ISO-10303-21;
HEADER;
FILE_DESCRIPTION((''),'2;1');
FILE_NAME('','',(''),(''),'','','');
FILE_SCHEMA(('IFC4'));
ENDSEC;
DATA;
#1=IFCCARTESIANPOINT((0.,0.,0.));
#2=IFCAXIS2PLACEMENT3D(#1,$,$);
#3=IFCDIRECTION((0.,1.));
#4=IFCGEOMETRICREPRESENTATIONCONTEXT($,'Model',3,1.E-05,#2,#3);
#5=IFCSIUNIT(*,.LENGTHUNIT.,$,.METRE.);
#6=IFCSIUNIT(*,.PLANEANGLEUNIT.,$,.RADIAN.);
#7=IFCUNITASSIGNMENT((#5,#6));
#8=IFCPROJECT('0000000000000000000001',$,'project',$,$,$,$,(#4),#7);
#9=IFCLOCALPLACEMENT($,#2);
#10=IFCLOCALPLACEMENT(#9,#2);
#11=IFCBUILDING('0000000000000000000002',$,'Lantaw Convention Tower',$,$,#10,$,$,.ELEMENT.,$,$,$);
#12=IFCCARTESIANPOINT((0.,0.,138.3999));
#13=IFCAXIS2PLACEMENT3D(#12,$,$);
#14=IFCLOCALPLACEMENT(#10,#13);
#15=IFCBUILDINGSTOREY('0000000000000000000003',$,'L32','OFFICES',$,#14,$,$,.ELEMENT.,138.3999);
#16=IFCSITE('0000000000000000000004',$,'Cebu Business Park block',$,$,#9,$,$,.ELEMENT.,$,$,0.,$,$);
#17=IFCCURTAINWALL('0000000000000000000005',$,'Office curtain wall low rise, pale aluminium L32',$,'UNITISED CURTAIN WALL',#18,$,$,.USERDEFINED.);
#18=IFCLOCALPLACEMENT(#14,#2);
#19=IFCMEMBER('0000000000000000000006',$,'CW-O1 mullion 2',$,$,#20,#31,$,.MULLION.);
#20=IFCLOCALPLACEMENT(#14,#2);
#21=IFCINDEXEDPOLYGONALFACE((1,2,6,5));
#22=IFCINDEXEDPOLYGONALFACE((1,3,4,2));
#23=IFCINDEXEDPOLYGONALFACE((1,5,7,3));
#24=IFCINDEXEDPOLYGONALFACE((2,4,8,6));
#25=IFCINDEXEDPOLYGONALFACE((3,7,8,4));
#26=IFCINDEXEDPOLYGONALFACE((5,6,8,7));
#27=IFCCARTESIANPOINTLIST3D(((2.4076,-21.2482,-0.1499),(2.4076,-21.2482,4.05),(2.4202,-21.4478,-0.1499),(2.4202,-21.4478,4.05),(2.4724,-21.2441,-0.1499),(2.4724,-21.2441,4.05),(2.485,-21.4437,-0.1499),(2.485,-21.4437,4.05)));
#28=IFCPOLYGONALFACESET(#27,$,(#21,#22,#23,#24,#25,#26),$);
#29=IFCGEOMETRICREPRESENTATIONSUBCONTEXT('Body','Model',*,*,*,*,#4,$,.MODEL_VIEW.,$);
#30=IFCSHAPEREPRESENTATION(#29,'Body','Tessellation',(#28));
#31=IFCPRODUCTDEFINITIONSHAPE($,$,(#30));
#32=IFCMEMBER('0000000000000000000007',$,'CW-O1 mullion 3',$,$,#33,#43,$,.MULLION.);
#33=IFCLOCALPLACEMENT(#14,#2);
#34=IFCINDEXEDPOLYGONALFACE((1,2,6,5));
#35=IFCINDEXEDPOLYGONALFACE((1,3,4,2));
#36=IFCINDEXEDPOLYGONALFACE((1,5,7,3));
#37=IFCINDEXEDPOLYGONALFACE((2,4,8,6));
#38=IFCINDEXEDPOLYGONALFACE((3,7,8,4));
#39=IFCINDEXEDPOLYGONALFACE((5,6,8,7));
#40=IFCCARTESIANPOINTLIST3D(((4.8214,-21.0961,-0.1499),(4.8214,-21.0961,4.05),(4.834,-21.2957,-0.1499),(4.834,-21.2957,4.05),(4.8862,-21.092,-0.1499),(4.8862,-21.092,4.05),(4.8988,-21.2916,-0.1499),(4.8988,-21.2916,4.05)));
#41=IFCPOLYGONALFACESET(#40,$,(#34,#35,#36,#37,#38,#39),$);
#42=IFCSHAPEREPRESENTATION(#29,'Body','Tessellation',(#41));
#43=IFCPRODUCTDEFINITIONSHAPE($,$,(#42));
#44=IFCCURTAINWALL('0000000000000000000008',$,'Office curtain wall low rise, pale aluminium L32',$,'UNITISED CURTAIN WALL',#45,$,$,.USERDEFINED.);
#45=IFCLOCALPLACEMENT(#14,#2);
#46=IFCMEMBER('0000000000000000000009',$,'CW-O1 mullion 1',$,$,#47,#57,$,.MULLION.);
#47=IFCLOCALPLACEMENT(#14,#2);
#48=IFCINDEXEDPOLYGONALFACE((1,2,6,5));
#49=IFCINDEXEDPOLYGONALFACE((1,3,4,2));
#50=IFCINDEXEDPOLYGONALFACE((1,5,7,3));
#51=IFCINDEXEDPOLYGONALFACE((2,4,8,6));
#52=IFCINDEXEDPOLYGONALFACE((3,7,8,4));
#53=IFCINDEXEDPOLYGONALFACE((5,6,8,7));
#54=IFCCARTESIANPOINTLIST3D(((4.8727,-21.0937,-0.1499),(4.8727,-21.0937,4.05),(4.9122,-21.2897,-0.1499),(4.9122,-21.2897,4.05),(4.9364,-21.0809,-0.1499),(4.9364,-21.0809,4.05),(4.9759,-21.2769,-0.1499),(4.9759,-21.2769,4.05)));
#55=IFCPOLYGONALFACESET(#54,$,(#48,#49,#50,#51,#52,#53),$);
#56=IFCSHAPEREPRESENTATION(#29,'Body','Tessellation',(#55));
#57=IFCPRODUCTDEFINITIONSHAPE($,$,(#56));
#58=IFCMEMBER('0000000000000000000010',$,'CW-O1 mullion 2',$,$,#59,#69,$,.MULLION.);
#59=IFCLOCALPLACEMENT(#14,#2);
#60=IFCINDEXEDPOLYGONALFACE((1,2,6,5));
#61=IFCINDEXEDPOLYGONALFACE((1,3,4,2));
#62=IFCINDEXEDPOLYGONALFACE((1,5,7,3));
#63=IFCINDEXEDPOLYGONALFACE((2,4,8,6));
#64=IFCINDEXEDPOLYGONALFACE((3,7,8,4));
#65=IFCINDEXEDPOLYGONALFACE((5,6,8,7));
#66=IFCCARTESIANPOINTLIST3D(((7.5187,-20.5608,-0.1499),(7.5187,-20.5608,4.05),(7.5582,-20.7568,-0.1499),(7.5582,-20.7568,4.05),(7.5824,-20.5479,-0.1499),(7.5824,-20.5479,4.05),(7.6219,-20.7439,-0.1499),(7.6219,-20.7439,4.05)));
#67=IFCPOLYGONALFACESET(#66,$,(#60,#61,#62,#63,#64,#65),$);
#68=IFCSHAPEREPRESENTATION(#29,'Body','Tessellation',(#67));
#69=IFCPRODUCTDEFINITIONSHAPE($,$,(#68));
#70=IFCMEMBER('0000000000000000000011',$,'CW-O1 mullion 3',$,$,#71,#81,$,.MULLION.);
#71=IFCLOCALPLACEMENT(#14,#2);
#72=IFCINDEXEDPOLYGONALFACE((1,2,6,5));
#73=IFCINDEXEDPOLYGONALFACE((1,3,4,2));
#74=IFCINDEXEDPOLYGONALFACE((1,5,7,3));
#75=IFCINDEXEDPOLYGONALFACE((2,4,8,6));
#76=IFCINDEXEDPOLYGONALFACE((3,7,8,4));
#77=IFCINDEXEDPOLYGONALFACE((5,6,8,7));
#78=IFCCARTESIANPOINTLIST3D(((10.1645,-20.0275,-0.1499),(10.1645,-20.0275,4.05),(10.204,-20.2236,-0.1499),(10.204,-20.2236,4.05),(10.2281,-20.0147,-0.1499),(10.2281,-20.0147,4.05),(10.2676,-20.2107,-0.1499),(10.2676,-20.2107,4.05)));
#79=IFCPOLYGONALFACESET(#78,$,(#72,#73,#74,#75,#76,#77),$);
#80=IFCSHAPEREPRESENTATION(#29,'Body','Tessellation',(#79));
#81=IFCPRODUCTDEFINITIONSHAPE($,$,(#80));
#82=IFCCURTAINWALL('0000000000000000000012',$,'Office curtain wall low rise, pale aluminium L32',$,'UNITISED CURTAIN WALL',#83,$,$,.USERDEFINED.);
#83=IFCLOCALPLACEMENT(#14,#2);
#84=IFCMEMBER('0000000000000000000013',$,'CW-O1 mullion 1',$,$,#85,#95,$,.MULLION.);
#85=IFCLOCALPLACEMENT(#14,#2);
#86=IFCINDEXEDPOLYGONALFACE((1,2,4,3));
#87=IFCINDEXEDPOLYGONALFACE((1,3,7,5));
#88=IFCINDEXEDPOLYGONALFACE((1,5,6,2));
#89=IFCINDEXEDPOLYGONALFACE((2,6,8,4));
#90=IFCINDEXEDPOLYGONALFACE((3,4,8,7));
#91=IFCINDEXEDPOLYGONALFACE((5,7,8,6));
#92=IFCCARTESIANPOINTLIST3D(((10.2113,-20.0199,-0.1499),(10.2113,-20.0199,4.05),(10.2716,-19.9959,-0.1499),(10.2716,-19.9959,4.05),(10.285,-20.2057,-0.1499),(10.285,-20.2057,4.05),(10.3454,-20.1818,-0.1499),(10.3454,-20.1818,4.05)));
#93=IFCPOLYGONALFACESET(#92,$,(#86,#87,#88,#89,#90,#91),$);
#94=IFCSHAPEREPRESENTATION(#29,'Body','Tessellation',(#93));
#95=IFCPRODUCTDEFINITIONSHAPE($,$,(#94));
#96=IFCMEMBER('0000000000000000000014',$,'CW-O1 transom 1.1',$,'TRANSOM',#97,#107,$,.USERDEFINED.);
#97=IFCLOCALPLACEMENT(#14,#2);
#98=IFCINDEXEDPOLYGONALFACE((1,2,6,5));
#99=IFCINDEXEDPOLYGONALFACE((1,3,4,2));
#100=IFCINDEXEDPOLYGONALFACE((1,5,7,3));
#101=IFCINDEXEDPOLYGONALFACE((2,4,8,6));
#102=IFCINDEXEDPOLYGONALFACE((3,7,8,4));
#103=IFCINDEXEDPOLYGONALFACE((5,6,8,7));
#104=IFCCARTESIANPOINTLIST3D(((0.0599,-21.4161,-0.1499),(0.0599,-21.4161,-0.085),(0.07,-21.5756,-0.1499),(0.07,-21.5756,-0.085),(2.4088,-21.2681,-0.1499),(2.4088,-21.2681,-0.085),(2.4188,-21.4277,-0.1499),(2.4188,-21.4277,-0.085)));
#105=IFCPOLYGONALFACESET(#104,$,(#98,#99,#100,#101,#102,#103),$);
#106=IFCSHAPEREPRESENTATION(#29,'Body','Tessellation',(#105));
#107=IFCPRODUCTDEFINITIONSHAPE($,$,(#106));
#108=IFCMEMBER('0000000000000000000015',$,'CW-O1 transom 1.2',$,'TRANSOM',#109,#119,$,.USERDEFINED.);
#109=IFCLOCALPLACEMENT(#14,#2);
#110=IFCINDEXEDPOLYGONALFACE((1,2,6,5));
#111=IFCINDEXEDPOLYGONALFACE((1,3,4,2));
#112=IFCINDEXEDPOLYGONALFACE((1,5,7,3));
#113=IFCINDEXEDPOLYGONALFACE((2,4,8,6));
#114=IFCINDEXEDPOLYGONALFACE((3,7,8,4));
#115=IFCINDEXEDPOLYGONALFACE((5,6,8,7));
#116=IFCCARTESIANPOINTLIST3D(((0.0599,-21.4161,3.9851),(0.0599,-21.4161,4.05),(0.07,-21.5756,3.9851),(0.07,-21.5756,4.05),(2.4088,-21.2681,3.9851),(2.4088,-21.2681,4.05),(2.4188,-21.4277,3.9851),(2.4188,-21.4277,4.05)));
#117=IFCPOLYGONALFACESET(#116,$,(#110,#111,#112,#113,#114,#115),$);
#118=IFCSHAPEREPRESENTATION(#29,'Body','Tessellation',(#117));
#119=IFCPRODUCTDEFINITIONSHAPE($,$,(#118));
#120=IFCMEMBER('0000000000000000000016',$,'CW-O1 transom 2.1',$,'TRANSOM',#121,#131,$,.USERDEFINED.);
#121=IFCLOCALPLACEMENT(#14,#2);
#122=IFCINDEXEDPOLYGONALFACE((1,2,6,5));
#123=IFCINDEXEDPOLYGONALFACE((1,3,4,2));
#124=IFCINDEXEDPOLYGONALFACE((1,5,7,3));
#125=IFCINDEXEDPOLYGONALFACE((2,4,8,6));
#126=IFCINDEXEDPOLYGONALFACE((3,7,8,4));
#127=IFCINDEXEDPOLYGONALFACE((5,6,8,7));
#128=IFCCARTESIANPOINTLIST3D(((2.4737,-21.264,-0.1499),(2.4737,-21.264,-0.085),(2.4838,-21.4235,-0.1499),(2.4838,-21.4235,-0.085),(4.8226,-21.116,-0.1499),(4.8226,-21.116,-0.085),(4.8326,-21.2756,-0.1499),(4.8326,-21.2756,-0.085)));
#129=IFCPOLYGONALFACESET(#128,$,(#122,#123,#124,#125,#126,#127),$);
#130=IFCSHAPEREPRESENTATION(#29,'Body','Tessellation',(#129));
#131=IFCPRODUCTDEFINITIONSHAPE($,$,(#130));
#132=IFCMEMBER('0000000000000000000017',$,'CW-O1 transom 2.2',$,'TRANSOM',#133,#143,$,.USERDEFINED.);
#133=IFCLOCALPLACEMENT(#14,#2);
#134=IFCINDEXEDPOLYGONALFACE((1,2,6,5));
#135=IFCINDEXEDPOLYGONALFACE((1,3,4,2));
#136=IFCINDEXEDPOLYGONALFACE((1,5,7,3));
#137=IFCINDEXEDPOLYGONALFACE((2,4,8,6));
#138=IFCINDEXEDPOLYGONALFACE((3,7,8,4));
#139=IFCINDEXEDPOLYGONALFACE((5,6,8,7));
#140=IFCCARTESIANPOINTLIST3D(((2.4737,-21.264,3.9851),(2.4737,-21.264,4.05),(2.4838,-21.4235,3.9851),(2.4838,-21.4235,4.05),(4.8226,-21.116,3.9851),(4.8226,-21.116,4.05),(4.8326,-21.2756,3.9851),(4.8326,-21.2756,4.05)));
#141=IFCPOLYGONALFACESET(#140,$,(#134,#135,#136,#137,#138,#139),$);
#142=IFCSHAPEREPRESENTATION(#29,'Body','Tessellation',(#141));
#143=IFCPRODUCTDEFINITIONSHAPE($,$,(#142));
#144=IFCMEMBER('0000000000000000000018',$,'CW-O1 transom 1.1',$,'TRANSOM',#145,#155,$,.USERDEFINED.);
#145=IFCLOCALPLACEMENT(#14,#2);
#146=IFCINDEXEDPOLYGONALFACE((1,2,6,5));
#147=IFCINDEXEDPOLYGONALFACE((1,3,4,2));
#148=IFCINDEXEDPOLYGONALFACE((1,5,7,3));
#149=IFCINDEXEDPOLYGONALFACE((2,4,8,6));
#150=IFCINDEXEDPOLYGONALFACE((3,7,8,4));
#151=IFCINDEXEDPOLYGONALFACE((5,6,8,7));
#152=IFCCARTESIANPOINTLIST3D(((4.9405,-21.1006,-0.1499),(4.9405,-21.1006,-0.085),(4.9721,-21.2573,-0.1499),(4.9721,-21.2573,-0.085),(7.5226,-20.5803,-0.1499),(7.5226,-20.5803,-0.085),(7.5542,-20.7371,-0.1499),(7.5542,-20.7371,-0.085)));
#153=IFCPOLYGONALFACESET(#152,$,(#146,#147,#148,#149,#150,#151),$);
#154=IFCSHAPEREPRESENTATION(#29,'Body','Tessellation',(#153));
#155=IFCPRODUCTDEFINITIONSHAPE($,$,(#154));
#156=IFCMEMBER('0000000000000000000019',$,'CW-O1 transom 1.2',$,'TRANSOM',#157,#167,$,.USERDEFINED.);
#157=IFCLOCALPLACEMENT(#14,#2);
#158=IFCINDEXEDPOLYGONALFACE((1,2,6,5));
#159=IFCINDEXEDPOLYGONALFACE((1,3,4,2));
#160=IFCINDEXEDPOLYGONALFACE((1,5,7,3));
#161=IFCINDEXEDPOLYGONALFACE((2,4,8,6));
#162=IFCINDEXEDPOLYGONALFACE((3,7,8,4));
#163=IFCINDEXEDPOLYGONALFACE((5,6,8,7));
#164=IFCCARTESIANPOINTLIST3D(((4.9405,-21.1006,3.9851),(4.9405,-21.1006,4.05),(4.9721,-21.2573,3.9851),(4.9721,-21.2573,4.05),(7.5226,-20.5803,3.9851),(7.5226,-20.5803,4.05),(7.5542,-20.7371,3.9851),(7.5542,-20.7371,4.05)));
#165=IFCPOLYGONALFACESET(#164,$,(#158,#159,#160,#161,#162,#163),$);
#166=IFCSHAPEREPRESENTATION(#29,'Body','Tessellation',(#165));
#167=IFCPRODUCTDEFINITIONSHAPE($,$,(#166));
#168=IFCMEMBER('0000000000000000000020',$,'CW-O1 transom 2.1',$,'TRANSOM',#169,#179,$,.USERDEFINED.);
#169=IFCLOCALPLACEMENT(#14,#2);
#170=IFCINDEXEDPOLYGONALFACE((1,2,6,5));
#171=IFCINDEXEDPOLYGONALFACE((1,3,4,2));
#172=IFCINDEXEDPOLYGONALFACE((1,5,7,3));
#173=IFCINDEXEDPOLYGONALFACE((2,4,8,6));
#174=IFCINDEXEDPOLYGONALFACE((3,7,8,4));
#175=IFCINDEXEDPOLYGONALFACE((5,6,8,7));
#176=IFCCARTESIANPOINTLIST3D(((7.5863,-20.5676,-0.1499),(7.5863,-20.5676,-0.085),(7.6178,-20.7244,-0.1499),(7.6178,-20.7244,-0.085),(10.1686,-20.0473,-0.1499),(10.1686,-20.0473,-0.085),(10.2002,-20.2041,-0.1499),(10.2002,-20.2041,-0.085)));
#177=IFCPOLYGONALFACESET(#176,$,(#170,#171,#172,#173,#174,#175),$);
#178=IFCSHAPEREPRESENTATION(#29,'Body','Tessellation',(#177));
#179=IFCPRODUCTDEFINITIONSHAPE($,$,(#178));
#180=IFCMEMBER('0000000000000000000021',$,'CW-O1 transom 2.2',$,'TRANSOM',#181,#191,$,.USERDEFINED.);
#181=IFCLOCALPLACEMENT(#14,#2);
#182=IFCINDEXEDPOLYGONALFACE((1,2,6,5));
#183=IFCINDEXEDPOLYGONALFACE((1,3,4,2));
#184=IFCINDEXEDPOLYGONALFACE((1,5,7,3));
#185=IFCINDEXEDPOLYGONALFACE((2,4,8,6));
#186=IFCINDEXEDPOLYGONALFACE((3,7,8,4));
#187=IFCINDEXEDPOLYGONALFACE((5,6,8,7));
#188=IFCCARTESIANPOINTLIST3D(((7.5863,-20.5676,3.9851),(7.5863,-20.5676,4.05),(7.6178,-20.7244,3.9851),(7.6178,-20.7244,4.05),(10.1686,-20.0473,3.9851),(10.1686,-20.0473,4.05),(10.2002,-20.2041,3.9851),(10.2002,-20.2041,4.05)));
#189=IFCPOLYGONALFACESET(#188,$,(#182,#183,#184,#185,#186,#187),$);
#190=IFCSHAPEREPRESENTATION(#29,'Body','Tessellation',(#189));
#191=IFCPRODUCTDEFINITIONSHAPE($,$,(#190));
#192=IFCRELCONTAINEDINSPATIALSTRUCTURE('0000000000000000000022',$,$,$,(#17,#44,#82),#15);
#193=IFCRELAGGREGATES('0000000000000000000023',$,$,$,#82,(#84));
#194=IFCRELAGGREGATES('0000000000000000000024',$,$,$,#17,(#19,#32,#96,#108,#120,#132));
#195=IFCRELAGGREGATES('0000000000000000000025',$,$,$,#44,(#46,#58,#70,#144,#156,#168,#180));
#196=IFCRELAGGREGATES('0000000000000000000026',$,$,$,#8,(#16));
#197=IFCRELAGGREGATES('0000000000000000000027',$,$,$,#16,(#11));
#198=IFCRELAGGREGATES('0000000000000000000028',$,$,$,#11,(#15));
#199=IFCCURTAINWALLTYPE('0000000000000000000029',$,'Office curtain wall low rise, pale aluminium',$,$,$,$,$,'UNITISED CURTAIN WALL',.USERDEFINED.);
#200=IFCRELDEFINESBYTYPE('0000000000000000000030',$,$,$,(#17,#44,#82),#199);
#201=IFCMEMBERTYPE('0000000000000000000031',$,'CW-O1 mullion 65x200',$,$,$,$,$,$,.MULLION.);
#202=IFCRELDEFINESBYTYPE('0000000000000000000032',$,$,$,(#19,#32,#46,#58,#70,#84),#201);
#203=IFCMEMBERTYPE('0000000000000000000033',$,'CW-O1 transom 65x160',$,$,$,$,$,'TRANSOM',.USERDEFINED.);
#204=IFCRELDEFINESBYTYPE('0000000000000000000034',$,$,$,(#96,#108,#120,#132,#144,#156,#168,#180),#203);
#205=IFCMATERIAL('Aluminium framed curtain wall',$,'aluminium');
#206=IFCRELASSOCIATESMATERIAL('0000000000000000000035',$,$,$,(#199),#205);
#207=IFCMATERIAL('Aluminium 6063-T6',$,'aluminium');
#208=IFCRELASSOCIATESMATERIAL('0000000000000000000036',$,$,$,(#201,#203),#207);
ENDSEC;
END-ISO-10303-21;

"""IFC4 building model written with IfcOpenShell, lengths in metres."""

from ifc_helpers import new_model, si_unit, direction, frame, origin, origin_2d, place, context, subcontext, project, spatial, rectangle, extrude, material, material_profile, profile_set, type_object, element, aggregate, save


model = new_model("IFC4")

# Units and contexts
model_context = context("Model", 3, precision=1e-05, world=origin(), true_north=direction((0.0, 1.0)))
body_context = subcontext(model_context, "Body", "Model", "MODEL_VIEW")
ifc_project = project(units=[si_unit("LENGTHUNIT", "METRE"), si_unit("PLANEANGLEUNIT", "RADIAN")], contexts=[model_context])

# Site, building, storey
site_placement = place(None, origin())
site = spatial("IfcSite", under=ifc_project, at=site_placement, Name="Cebu Business Park block", CompositionType="ELEMENT", RefElevation=0.0)
building_placement = place(site_placement, origin())
building = spatial("IfcBuilding", under=site, at=building_placement, Name="Lantaw Convention Tower", CompositionType="ELEMENT")
storey_placement = place(building_placement, frame((0.0, 0.0, 138.3999)))
storey = spatial("IfcBuildingStorey", under=building, at=storey_placement, Name="L32", Description="OFFICES", CompositionType="ELEMENT", Elevation=138.3999)

# Curtain walls, members
ifc_material_1 = material(Name="Aluminium framed curtain wall", Category="aluminium")
curtain_wall_type = type_object("IfcCurtainWallType", Name="Office curtain wall low rise, pale aluminium", ElementType="UNITISED CURTAIN WALL", PredefinedType="USERDEFINED", material=ifc_material_1)
curtain_wall_1_placement = place(storey_placement, origin())
curtain_wall_1 = element("IfcCurtainWall", 1, at=curtain_wall_1_placement, inside=storey, type_object=curtain_wall_type, Name="Office curtain wall low rise, pale aluminium L32", ObjectType="UNITISED CURTAIN WALL", PredefinedType="USERDEFINED")
ifc_material_2 = material(Name="Aluminium 6063-T6", Category="aluminium")
ifc_material_profile_1 = material_profile(ifc_material_2, rectangle(XDim=0.2, YDim=0.0649, at=origin_2d()), Name="CW-O1 mullion 65x200")
ifc_profile_set_1 = profile_set([ifc_material_profile_1], Name="Aluminium 6063-T6")
member_type_1 = type_object("IfcMemberType", Name="CW-O1 mullion 65x200", PredefinedType="MULLION", material=ifc_profile_set_1)
member_1_placement = place(storey_placement, frame((2.4463, -21.3459, -0.1499), z_axis=(0.0, 0.0, 1.0), x_axis=(-0.062865, 0.998022, 0.0)))
member_1 = element("IfcMember", 2, at=member_1_placement, type_object=member_type_1, Name="CW-O1 mullion 2", PredefinedType="MULLION", context=body_context, shape_type="SweptSolid", body=[
    extrude(rectangle(XDim=0.2, YDim=0.0649, at=origin_2d()), origin(), (0.0, 0.0, 1.0), 4.2),
])
member_2_placement = place(storey_placement, frame((4.8601, -21.1938, -0.1499), z_axis=(0.0, 0.0, 1.0), x_axis=(-0.062865, 0.998022, 0.0)))
member_2 = element("IfcMember", 3, at=member_2_placement, type_object=member_type_1, Name="CW-O1 mullion 3", PredefinedType="MULLION", context=body_context, shape_type="SweptSolid", body=[
    extrude(rectangle(XDim=0.2, YDim=0.0649, at=origin_2d()), origin(), (0.0, 0.0, 1.0), 4.2),
])
curtain_wall_2_placement = place(storey_placement, origin())
curtain_wall_2 = element("IfcCurtainWall", 4, at=curtain_wall_2_placement, inside=storey, type_object=curtain_wall_type, Name="Office curtain wall low rise, pale aluminium L32", ObjectType="UNITISED CURTAIN WALL", PredefinedType="USERDEFINED")
member_3_placement = place(storey_placement, frame((4.9243, -21.1853, -0.1499), z_axis=(0.0, 0.0, 1.0), x_axis=(-0.197507, 0.980302, 0.0)))
member_3 = element("IfcMember", 5, at=member_3_placement, type_object=member_type_1, Name="CW-O1 mullion 1", PredefinedType="MULLION", context=body_context, shape_type="SweptSolid", body=[
    extrude(rectangle(XDim=0.2, YDim=0.0649, at=origin_2d()), origin(), (0.0, 0.0, 1.0), 4.2),
])
member_4_placement = place(storey_placement, frame((7.5703, -20.6523, -0.1499), z_axis=(0.0, 0.0, 1.0), x_axis=(-0.197507, 0.980302, 0.0)))
member_4 = element("IfcMember", 6, at=member_4_placement, type_object=member_type_1, Name="CW-O1 mullion 2", PredefinedType="MULLION", context=body_context, shape_type="SweptSolid", body=[
    extrude(rectangle(XDim=0.2, YDim=0.0649, at=origin_2d()), origin(), (0.0, 0.0, 1.0), 4.2),
])
member_5_placement = place(storey_placement, frame((10.2161, -20.1191, -0.1499), z_axis=(0.0, 0.0, 1.0), x_axis=(-0.197507, 0.980302, 0.0)))
member_5 = element("IfcMember", 7, at=member_5_placement, type_object=member_type_1, Name="CW-O1 mullion 3", PredefinedType="MULLION", context=body_context, shape_type="SweptSolid", body=[
    extrude(rectangle(XDim=0.2, YDim=0.0649, at=origin_2d()), origin(), (0.0, 0.0, 1.0), 4.2),
])

# Curtain wall, member
curtain_wall_3_placement = place(storey_placement, origin())
curtain_wall_3 = element("IfcCurtainWall", 8, at=curtain_wall_3_placement, inside=storey, type_object=curtain_wall_type, Name="Office curtain wall low rise, pale aluminium L32", ObjectType="UNITISED CURTAIN WALL", PredefinedType="USERDEFINED")
member_6_placement = place(storey_placement, frame((10.2783, -20.1008, -0.1499), z_axis=(0.0, 0.0, 1.0), x_axis=(-0.368702, 0.929548, 0.0)))
member_6 = element("IfcMember", 9, at=member_6_placement, type_object=member_type_1, Name="CW-O1 mullion 1", PredefinedType="MULLION", context=body_context, shape_type="SweptSolid", body=[
    extrude(rectangle(XDim=0.2, YDim=0.0649, at=origin_2d()), origin(), (0.0, 0.0, 1.0), 4.2),
])

# Members
ifc_material_profile_2 = material_profile(ifc_material_2, rectangle(XDim=0.1599, YDim=0.0649, at=origin_2d()), Name="CW-O1 transom 65x160")
ifc_profile_set_2 = profile_set([ifc_material_profile_2], Name="Aluminium 6063-T6")
member_type_2 = type_object("IfcMemberType", Name="CW-O1 transom 65x160", ElementType="TRANSOM", PredefinedType="USERDEFINED", material=ifc_profile_set_2)
member_7_placement = place(storey_placement, frame((0.0649, -21.4958, -0.1174), z_axis=(0.998022, 0.062863, 0.0), x_axis=(-0.062863, 0.998022, 0.0)))
member_7 = element("IfcMember", 10, at=member_7_placement, type_object=member_type_2, Name="CW-O1 transom 1.1", ObjectType="TRANSOM", PredefinedType="USERDEFINED", context=body_context, shape_type="SweptSolid", body=[
    extrude(rectangle(XDim=0.1599, YDim=0.0649, at=origin_2d()), origin(), (0.0, 0.0, 1.0), 2.3535),
])
member_8_placement = place(storey_placement, frame((0.0649, -21.4958, 4.0176), z_axis=(0.998022, 0.062863, 0.0), x_axis=(-0.062863, 0.998022, 0.0)))
member_8 = element("IfcMember", 11, at=member_8_placement, type_object=member_type_2, Name="CW-O1 transom 1.2", ObjectType="TRANSOM", PredefinedType="USERDEFINED", context=body_context, shape_type="SweptSolid", body=[
    extrude(rectangle(XDim=0.1599, YDim=0.0649, at=origin_2d()), origin(), (0.0, 0.0, 1.0), 2.3535),
])
member_9_placement = place(storey_placement, frame((2.4788, -21.3438, -0.1174), z_axis=(0.998022, 0.062863, 0.0), x_axis=(-0.062863, 0.998022, 0.0)))
member_9 = element("IfcMember", 12, at=member_9_placement, type_object=member_type_2, Name="CW-O1 transom 2.1", ObjectType="TRANSOM", PredefinedType="USERDEFINED", context=body_context, shape_type="SweptSolid", body=[
    extrude(rectangle(XDim=0.1599, YDim=0.0649, at=origin_2d()), origin(), (0.0, 0.0, 1.0), 2.3535),
])
member_10_placement = place(storey_placement, frame((2.4788, -21.3438, 4.0176), z_axis=(0.998022, 0.062863, 0.0), x_axis=(-0.062863, 0.998022, 0.0)))
member_10 = element("IfcMember", 13, at=member_10_placement, type_object=member_type_2, Name="CW-O1 transom 2.2", ObjectType="TRANSOM", PredefinedType="USERDEFINED", context=body_context, shape_type="SweptSolid", body=[
    extrude(rectangle(XDim=0.1599, YDim=0.0649, at=origin_2d()), origin(), (0.0, 0.0, 1.0), 2.3535),
])
member_11_placement = place(storey_placement, frame((4.9563, -21.179, -0.1174), z_axis=(0.980298, 0.197524, 0.0), x_axis=(-0.197524, 0.980298, 0.0)))
member_11 = element("IfcMember", 14, at=member_11_placement, type_object=member_type_2, Name="CW-O1 transom 1.1", ObjectType="TRANSOM", PredefinedType="USERDEFINED", context=body_context, shape_type="SweptSolid", body=[
    extrude(rectangle(XDim=0.1599, YDim=0.0649, at=origin_2d()), origin(), (0.0, 0.0, 1.0), 2.634),
])
member_12_placement = place(storey_placement, frame((4.9563, -21.179, 4.0176), z_axis=(0.980298, 0.197524, 0.0), x_axis=(-0.197524, 0.980298, 0.0)))
member_12 = element("IfcMember", 15, at=member_12_placement, type_object=member_type_2, Name="CW-O1 transom 1.2", ObjectType="TRANSOM", PredefinedType="USERDEFINED", context=body_context, shape_type="SweptSolid", body=[
    extrude(rectangle(XDim=0.1599, YDim=0.0649, at=origin_2d()), origin(), (0.0, 0.0, 1.0), 2.634),
])
member_13_placement = place(storey_placement, frame((7.6021, -20.646, -0.1174), z_axis=(0.980302, 0.197506, 0.0), x_axis=(-0.197506, 0.980302, 0.0)))
member_13 = element("IfcMember", 16, at=member_13_placement, type_object=member_type_2, Name="CW-O1 transom 2.1", ObjectType="TRANSOM", PredefinedType="USERDEFINED", context=body_context, shape_type="SweptSolid", body=[
    extrude(rectangle(XDim=0.1599, YDim=0.0649, at=origin_2d()), origin(), (0.0, 0.0, 1.0), 2.6343),
])
member_14_placement = place(storey_placement, frame((7.6021, -20.646, 4.0176), z_axis=(0.980302, 0.197506, 0.0), x_axis=(-0.197506, 0.980302, 0.0)))
member_14 = element("IfcMember", 17, at=member_14_placement, type_object=member_type_2, Name="CW-O1 transom 2.2", ObjectType="TRANSOM", PredefinedType="USERDEFINED", context=body_context, shape_type="SweptSolid", body=[
    extrude(rectangle(XDim=0.1599, YDim=0.0649, at=origin_2d()), origin(), (0.0, 0.0, 1.0), 2.6343),
])
aggregate(curtain_wall_3, [member_6])

aggregate(curtain_wall_1, [member_1, member_2, member_7, member_8, member_9, member_10])
aggregate(curtain_wall_2, [member_3, member_4, member_5, member_11, member_12, member_13, member_14])

save(model, "model.ifc")
